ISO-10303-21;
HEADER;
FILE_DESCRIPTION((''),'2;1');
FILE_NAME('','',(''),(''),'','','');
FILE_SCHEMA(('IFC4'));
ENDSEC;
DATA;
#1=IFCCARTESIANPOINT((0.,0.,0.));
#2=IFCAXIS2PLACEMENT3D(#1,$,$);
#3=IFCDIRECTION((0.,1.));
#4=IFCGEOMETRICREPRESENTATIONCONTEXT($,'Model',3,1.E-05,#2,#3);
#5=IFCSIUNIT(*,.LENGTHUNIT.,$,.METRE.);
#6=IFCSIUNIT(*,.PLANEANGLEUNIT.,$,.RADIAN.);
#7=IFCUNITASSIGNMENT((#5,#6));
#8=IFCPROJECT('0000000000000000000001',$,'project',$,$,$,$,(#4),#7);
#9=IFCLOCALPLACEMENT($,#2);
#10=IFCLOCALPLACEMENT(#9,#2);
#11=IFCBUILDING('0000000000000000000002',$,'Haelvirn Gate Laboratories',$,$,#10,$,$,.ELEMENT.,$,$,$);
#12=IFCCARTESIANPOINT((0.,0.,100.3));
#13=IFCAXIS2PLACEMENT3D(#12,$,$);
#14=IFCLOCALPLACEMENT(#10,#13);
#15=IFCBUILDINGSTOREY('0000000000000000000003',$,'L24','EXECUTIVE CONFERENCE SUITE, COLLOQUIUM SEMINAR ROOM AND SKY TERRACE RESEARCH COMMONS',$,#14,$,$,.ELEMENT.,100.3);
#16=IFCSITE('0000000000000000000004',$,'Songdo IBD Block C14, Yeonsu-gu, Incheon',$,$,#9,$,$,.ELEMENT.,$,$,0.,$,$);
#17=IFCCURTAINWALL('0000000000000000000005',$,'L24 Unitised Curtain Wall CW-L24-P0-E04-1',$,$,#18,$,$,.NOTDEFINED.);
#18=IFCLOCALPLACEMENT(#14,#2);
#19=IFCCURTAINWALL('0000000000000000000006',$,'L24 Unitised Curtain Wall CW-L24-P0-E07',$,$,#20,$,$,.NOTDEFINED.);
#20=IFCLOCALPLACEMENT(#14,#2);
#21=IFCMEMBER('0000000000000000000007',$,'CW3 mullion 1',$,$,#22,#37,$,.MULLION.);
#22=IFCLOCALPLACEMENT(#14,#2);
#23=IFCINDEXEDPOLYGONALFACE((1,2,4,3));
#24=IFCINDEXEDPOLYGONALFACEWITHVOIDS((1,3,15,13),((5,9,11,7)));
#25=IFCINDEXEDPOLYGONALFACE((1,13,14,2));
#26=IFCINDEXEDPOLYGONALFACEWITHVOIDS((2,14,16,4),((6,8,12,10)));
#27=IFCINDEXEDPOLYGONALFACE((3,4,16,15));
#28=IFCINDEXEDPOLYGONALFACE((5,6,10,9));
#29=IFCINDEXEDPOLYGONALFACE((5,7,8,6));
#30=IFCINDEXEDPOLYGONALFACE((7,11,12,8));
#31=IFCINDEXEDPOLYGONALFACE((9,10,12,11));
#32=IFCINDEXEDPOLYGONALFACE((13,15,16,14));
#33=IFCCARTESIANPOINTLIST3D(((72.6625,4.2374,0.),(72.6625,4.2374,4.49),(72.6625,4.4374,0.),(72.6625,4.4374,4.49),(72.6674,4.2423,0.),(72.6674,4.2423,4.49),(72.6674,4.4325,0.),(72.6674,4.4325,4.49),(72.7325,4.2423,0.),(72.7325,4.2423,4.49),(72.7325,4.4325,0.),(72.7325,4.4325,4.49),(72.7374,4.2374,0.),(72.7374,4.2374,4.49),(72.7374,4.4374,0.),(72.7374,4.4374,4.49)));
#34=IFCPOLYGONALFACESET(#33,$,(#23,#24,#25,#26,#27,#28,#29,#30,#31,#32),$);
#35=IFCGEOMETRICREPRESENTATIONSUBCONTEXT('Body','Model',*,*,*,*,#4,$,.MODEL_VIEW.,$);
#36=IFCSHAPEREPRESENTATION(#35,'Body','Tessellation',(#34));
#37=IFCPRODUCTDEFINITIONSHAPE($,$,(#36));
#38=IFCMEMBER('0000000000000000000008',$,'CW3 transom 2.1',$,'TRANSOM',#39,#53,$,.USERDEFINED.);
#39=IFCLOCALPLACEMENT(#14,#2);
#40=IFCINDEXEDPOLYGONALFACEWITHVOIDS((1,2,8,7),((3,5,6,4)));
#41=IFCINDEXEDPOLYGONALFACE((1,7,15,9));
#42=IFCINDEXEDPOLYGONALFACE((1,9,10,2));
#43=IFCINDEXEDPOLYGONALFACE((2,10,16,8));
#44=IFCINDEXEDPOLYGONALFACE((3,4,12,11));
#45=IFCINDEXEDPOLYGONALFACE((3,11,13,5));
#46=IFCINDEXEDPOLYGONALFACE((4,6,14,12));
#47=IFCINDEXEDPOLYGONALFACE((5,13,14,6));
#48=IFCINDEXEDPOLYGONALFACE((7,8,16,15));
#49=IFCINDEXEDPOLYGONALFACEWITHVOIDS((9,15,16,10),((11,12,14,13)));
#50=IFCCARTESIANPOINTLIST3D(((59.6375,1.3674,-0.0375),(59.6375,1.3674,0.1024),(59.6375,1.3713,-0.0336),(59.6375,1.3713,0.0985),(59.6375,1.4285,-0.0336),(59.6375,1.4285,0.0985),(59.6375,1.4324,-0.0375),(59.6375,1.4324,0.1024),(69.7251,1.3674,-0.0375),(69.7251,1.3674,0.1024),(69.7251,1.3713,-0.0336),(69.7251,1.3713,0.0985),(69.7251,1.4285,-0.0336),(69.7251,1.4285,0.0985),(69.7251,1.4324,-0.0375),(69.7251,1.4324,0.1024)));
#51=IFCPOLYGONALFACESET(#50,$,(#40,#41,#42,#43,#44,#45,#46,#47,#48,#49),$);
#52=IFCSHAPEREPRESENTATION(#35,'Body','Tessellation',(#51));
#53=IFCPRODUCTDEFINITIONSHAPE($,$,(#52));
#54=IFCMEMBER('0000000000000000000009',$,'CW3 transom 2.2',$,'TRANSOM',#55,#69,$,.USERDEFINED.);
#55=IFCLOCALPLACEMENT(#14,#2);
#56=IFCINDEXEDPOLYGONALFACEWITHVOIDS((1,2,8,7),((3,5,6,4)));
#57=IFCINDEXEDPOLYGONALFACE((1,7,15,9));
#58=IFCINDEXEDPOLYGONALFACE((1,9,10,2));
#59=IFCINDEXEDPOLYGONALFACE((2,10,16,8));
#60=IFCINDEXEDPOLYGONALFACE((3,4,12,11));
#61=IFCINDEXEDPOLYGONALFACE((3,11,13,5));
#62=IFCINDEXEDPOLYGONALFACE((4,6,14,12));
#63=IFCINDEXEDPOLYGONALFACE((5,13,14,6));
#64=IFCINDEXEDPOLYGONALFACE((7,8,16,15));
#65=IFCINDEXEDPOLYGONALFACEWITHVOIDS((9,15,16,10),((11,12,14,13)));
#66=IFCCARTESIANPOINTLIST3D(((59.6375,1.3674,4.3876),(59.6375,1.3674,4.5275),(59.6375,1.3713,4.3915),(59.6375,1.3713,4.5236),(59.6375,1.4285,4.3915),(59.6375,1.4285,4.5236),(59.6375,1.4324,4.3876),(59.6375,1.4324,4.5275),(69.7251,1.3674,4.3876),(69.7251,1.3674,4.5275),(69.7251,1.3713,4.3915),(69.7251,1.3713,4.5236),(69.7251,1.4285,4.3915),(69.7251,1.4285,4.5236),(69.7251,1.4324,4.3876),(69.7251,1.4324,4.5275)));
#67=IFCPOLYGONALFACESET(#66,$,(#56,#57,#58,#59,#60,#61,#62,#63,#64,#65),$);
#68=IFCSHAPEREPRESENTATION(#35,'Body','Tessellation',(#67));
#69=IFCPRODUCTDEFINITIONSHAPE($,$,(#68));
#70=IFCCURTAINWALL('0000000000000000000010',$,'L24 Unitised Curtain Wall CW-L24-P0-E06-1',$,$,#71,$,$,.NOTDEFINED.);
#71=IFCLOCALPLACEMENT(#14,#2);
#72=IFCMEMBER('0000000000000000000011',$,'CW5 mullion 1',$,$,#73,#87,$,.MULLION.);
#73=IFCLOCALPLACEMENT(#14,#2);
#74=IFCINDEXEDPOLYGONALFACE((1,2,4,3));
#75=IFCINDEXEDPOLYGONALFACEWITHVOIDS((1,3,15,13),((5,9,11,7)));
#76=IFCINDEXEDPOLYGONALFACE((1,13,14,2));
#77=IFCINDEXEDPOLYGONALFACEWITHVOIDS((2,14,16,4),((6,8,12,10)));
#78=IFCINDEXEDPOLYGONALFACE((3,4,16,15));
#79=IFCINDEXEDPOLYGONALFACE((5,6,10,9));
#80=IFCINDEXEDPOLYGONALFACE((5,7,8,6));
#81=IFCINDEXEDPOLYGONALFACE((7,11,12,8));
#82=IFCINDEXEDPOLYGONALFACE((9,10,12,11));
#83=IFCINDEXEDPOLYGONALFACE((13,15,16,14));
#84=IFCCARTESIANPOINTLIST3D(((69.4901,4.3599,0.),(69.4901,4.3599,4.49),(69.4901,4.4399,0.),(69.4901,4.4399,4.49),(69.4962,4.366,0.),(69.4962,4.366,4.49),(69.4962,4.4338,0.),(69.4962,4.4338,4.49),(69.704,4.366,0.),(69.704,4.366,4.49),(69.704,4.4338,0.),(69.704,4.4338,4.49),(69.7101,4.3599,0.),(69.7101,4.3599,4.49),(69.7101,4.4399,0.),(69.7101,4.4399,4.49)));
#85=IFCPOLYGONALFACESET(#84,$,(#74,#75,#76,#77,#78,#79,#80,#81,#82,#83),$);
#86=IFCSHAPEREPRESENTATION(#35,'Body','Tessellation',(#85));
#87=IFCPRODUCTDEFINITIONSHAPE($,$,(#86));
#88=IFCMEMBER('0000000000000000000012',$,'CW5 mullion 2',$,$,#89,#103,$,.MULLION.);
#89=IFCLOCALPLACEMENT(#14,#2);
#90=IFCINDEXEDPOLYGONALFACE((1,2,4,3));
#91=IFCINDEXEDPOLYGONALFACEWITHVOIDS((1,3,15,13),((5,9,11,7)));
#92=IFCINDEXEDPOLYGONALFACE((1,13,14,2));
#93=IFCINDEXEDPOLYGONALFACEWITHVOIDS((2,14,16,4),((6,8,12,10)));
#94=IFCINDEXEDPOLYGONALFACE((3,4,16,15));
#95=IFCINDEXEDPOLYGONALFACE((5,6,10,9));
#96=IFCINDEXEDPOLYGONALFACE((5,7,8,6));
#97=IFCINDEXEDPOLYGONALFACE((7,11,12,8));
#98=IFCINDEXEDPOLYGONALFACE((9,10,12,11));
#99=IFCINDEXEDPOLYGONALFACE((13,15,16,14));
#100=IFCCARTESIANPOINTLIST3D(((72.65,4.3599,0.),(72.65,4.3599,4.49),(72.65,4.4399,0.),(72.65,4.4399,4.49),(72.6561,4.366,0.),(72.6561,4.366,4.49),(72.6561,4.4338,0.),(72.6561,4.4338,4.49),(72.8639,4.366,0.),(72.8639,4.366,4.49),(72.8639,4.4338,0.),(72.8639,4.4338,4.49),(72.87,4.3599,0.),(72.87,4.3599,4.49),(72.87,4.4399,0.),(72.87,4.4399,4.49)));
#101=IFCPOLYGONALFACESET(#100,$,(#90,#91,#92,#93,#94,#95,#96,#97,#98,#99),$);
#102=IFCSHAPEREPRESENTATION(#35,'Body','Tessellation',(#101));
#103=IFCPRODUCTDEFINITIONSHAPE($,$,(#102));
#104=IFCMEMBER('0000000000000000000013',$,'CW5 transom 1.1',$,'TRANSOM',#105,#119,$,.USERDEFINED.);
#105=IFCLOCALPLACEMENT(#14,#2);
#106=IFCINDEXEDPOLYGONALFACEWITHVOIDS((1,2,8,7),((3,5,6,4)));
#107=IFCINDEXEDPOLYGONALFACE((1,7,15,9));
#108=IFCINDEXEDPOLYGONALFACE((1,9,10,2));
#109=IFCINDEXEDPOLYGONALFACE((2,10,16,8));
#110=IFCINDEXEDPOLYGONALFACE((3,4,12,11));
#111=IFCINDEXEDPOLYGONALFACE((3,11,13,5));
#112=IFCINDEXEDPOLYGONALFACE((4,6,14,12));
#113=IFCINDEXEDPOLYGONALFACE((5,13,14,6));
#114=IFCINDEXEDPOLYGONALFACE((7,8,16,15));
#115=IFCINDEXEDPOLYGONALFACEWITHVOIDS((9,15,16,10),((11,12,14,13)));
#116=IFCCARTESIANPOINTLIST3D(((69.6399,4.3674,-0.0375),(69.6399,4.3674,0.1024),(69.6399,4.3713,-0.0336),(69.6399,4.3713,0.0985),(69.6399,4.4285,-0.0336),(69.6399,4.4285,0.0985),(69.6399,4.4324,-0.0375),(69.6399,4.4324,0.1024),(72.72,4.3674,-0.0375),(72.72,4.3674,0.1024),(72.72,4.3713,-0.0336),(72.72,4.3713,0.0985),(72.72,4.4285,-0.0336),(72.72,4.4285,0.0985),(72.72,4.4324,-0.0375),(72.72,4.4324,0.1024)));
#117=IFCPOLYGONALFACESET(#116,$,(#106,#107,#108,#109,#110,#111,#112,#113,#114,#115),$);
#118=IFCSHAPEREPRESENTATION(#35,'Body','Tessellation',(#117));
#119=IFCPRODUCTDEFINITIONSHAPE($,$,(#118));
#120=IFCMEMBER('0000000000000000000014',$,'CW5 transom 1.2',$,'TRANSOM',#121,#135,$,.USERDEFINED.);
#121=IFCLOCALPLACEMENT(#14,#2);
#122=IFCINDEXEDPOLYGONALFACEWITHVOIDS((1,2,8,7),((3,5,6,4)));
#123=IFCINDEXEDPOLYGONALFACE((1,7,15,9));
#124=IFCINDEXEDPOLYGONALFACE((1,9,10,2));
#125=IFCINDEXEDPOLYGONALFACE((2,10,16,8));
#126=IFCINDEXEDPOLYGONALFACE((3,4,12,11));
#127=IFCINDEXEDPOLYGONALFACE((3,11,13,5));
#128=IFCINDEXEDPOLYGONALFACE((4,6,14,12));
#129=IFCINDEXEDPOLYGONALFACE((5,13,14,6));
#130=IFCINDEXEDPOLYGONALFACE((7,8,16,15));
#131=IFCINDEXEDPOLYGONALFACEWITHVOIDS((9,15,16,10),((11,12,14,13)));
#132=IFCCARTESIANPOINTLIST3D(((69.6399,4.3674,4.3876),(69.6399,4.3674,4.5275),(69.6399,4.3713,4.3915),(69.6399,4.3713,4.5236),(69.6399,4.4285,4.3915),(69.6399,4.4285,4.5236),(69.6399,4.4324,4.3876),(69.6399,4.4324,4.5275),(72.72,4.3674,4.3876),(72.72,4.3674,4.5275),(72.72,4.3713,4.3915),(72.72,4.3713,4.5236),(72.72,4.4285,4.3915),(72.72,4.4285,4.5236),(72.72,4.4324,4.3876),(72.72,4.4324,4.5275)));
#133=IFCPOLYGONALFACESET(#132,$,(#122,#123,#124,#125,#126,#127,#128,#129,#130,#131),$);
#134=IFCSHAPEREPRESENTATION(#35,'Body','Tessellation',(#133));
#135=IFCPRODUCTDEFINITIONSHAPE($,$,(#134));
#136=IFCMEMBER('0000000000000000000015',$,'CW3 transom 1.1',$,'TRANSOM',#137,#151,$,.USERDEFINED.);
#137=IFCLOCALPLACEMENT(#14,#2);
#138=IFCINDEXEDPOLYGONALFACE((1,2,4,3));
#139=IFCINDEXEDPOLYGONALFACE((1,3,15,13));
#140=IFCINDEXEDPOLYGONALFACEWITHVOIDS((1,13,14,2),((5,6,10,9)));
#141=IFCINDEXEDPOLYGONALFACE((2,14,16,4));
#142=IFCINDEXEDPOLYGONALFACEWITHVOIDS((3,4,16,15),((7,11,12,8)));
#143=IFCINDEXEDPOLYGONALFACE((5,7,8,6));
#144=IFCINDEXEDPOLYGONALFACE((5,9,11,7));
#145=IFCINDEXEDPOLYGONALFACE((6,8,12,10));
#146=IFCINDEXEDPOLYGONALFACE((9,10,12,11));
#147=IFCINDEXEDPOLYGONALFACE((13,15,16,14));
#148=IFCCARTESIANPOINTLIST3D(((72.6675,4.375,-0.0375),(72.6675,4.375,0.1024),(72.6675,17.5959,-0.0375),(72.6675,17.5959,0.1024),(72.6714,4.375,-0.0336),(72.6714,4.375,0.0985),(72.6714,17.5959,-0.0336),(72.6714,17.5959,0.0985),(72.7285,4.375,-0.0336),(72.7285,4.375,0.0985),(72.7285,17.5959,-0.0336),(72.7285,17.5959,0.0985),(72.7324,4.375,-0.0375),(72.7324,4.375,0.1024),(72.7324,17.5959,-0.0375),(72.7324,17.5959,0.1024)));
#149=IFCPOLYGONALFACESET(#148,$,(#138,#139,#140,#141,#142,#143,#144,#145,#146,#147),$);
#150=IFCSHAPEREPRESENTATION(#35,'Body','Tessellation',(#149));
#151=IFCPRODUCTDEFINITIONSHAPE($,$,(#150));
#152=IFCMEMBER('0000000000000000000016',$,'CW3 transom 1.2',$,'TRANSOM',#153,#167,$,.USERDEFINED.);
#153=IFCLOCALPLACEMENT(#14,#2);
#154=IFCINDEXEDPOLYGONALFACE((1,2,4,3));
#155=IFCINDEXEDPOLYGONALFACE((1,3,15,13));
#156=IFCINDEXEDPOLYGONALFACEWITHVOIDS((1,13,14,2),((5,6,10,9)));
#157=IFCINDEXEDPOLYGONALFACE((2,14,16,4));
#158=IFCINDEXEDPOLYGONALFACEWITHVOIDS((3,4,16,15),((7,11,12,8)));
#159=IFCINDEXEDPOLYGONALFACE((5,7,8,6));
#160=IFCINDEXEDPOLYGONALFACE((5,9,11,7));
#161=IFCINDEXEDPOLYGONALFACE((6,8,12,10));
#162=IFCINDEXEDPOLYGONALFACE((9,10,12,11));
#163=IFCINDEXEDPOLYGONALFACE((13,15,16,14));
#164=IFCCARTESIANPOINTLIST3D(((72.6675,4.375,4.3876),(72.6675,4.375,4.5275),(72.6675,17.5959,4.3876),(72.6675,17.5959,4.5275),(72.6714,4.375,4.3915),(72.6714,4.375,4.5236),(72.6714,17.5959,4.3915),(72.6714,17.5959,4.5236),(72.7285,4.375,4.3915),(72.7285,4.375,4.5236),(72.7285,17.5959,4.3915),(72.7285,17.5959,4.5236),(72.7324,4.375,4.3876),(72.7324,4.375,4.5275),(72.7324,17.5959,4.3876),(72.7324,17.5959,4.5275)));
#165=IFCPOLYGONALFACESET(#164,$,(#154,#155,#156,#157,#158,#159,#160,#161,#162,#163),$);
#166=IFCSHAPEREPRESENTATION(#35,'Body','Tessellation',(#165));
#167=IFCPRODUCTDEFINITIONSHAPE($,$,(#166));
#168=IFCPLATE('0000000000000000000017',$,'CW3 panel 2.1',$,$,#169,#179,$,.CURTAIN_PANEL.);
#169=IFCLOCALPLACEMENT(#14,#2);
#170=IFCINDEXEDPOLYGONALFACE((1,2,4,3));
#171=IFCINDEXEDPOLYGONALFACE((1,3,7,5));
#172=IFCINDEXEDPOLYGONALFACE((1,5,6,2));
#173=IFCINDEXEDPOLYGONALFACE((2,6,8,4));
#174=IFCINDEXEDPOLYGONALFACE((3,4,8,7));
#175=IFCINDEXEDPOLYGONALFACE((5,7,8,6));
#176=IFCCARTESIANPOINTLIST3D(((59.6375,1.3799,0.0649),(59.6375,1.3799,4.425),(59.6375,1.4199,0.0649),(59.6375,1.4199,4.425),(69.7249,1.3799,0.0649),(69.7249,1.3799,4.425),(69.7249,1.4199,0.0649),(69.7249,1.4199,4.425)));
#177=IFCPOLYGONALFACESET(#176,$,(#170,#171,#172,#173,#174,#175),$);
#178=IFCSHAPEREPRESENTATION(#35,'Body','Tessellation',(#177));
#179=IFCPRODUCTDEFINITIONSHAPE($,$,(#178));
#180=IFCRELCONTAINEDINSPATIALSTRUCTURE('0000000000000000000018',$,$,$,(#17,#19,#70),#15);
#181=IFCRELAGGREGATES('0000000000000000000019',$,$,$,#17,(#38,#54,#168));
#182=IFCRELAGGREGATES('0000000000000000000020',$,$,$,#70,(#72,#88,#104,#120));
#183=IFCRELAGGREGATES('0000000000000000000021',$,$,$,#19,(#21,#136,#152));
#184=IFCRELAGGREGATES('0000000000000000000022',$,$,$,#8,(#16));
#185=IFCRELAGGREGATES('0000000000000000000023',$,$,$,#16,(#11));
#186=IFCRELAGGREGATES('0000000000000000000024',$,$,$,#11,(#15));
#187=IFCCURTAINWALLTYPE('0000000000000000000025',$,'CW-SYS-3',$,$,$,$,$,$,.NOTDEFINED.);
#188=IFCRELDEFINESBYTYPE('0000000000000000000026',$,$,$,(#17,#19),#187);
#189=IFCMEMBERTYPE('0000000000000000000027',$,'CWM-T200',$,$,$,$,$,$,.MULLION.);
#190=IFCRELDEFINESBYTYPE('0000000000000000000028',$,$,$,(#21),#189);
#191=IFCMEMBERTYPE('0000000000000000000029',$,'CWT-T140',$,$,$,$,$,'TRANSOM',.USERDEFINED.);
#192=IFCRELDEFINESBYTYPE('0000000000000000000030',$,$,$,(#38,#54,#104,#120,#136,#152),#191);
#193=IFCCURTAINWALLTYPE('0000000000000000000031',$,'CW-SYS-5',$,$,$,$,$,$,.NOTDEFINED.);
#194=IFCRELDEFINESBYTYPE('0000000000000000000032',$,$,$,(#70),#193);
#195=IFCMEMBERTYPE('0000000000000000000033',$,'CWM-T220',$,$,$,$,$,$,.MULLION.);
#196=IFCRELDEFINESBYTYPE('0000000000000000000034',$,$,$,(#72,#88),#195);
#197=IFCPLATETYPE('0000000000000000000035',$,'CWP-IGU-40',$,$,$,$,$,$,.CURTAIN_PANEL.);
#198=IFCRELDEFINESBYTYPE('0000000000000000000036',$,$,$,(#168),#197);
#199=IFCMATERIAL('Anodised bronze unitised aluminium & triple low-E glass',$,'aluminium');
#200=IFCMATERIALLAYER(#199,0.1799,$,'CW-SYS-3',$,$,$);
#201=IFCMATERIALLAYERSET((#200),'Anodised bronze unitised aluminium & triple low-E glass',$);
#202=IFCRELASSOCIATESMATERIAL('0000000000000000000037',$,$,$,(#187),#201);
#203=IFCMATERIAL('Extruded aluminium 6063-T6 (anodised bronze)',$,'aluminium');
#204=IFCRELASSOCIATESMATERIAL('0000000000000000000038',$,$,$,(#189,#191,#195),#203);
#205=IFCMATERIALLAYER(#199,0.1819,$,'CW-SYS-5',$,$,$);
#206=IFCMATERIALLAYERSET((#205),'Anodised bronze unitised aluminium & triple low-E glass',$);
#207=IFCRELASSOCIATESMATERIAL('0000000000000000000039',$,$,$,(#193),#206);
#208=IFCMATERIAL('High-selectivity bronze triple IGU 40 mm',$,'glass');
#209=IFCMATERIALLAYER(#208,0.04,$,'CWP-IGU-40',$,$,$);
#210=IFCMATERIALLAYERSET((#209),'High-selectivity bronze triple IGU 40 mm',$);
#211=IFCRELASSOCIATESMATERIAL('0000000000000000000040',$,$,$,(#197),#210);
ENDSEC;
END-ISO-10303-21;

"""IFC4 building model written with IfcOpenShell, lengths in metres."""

from ifc_helpers import new_model, si_unit, direction, frame, origin, origin_2d, place, context, subcontext, project, spatial, rectangle, hollow_rectangle, extrude, source, transform, mapped, material, layer, layer_set, material_profile, profile_set, type_object, type_shapes, element, aggregate, save


model = new_model("IFC4")

# Units and contexts
model_context = context("Model", 3, precision=1e-05, world=origin(), true_north=direction((0.0, 1.0)))
body_context = subcontext(model_context, "Body", "Model", "MODEL_VIEW")
ifc_project = project(units=[si_unit("LENGTHUNIT", "METRE"), si_unit("PLANEANGLEUNIT", "RADIAN")], contexts=[model_context])

# Site, building, storey
site_placement = place(None, origin())
site = spatial("IfcSite", under=ifc_project, at=site_placement, Name="Songdo IBD Block C14, Yeonsu-gu, Incheon", CompositionType="ELEMENT", RefElevation=0.0)
building_placement = place(site_placement, origin())
building = spatial("IfcBuilding", under=site, at=building_placement, Name="Haelvirn Gate Laboratories", CompositionType="ELEMENT")
storey_placement = place(building_placement, frame((0.0, 0.0, 100.3)))
storey = spatial("IfcBuildingStorey", under=building, at=storey_placement, Name="L24", Description="EXECUTIVE CONFERENCE SUITE, COLLOQUIUM SEMINAR ROOM AND SKY TERRACE RESEARCH COMMONS", CompositionType="ELEMENT", Elevation=100.3)

# Curtain wall
ifc_material_1 = material(Name="Anodised bronze unitised aluminium & triple low-E glass", Category="aluminium")
ifc_layer_1 = layer(ifc_material_1, 0.1799, Name="CW-SYS-3")
ifc_layer_set_1 = layer_set([ifc_layer_1], Name="Anodised bronze unitised aluminium & triple low-E glass")
curtain_wall_type_1 = type_object("IfcCurtainWallType", Name="CW-SYS-3", PredefinedType="NOTDEFINED", material=ifc_layer_set_1)
curtain_wall_1_placement = place(storey_placement, origin())
curtain_wall_1 = element("IfcCurtainWall", 1, at=curtain_wall_1_placement, inside=storey, type_object=curtain_wall_type_1, Name="L24 Unitised Curtain Wall CW-L24-P0-E04-1", PredefinedType="NOTDEFINED")
ifc_material_2 = material(Name="Extruded aluminium 6063-T6 (anodised bronze)", Category="aluminium")
ifc_material_profile_1 = material_profile(ifc_material_2, hollow_rectangle(XDim=0.075, YDim=0.2, WallThickness=0.0049, at=origin_2d()), Name="CWM-200x75x5")
ifc_profile_set_1 = profile_set([ifc_material_profile_1], Name="Extruded aluminium 6063-T6 (anodised bronze)")
member_type_1 = type_object("IfcMemberType", Name="CWM-T200", PredefinedType="MULLION", material=ifc_profile_set_1)
shared_shape_1 = source(origin(), body_context, "Body", "SweptSolid", [
    extrude(hollow_rectangle(XDim=0.075, YDim=0.2, WallThickness=0.0049, at=origin_2d()), origin(), (0.0, 0.0, 1.0), 4.49),
])
type_shapes(member_type_1, [shared_shape_1])

# Curtain wall, member
curtain_wall_2_placement = place(storey_placement, origin())
curtain_wall_2 = element("IfcCurtainWall", 2, at=curtain_wall_2_placement, inside=storey, type_object=curtain_wall_type_1, Name="L24 Unitised Curtain Wall CW-L24-P0-E07", PredefinedType="NOTDEFINED")
member_1_placement = place(storey_placement, frame((72.7, 4.3374, 0.0), z_axis=(0.0, 0.0, 1.0), x_axis=(-1.0, 0.0, 0.0)))
member_1 = element("IfcMember", 3, at=member_1_placement, type_object=member_type_1, Name="CW3 mullion 1", PredefinedType="MULLION", context=body_context, shape_type="MappedRepresentation", body=[
    mapped(shared_shape_1, transform((0.0, 0.0, 0.0), scale=1.0)),
])

# Members
ifc_material_profile_2 = material_profile(ifc_material_2, hollow_rectangle(XDim=0.0649, YDim=0.1399, WallThickness=0.0039, at=origin_2d()), Name="CWT-140x65x4")
ifc_profile_set_2 = profile_set([ifc_material_profile_2], Name="Extruded aluminium 6063-T6 (anodised bronze)")
member_type_2 = type_object("IfcMemberType", Name="CWT-T140", ElementType="TRANSOM", PredefinedType="USERDEFINED", material=ifc_profile_set_2)
shared_shape_2 = source(origin(), body_context, "Body", "SweptSolid", [
    extrude(hollow_rectangle(XDim=0.0649, YDim=0.1399, WallThickness=0.0039, at=origin_2d()), origin(), (0.0, 0.0, 1.0), 10.0876),
])
member_2_placement = place(storey_placement, frame((59.6375, 1.3999, 0.0325), z_axis=(1.0, 0.0, 0.0), x_axis=(0.0, 1.0, 0.0)))
member_2 = element("IfcMember", 4, at=member_2_placement, type_object=member_type_2, Name="CW3 transom 2.1", ObjectType="TRANSOM", PredefinedType="USERDEFINED", context=body_context, shape_type="MappedRepresentation", body=[
    mapped(shared_shape_2, transform((0.0, 0.0, 0.0), scale=1.0)),
])
member_3_placement = place(storey_placement, frame((59.6375, 1.3999, 4.4575), z_axis=(1.0, 0.0, 0.0), x_axis=(0.0, 1.0, 0.0)))
member_3 = element("IfcMember", 5, at=member_3_placement, type_object=member_type_2, Name="CW3 transom 2.2", ObjectType="TRANSOM", PredefinedType="USERDEFINED", context=body_context, shape_type="MappedRepresentation", body=[
    mapped(shared_shape_2, transform((0.0, 0.0, 0.0), scale=1.0)),
])

# Curtain wall, members
ifc_layer_2 = layer(ifc_material_1, 0.1819, Name="CW-SYS-5")
ifc_layer_set_2 = layer_set([ifc_layer_2], Name="Anodised bronze unitised aluminium & triple low-E glass")
curtain_wall_type_2 = type_object("IfcCurtainWallType", Name="CW-SYS-5", PredefinedType="NOTDEFINED", material=ifc_layer_set_2)
curtain_wall_3_placement = place(storey_placement, origin())
curtain_wall_3 = element("IfcCurtainWall", 6, at=curtain_wall_3_placement, inside=storey, type_object=curtain_wall_type_2, Name="L24 Unitised Curtain Wall CW-L24-P0-E06-1", PredefinedType="NOTDEFINED")
ifc_material_profile_3 = material_profile(ifc_material_2, hollow_rectangle(XDim=0.0801, YDim=0.22, WallThickness=0.0061, at=origin_2d()), Name="CWM-220x80x6")
ifc_profile_set_3 = profile_set([ifc_material_profile_3], Name="Extruded aluminium 6063-T6 (anodised bronze)")
member_type_3 = type_object("IfcMemberType", Name="CWM-T220", PredefinedType="MULLION", material=ifc_profile_set_3)
shared_shape_3 = source(origin(), body_context, "Body", "SweptSolid", [
    extrude(hollow_rectangle(XDim=0.0801, YDim=0.22, WallThickness=0.0061, at=origin_2d()), origin(), (0.0, 0.0, 1.0), 4.49),
])
type_shapes(member_type_3, [shared_shape_3])
member_4_placement = place(storey_placement, frame((69.6001, 4.3999, 0.0), z_axis=(0.0, 0.0, 1.0), x_axis=(0.0, 1.0, 0.0)))
member_4 = element("IfcMember", 7, at=member_4_placement, type_object=member_type_3, Name="CW5 mullion 1", PredefinedType="MULLION", context=body_context, shape_type="MappedRepresentation", body=[
    mapped(shared_shape_3, transform((0.0, 0.0, 0.0), scale=1.0)),
])
member_5_placement = place(storey_placement, frame((72.76, 4.3999, 0.0), z_axis=(0.0, 0.0, 1.0), x_axis=(0.0, 1.0, 0.0)))
member_5 = element("IfcMember", 8, at=member_5_placement, type_object=member_type_3, Name="CW5 mullion 2", PredefinedType="MULLION", context=body_context, shape_type="MappedRepresentation", body=[
    mapped(shared_shape_3, transform((0.0, 0.0, 0.0), scale=1.0)),
])
shared_shape_4 = source(origin(), body_context, "Body", "SweptSolid", [
    extrude(hollow_rectangle(XDim=0.0649, YDim=0.1399, WallThickness=0.0039, at=origin_2d()), origin(), (0.0, 0.0, 1.0), 3.0801),
])
member_6_placement = place(storey_placement, frame((69.6399, 4.3999, 0.0325), z_axis=(1.0, 0.0, 0.0), x_axis=(0.0, 1.0, 0.0)))
member_6 = element("IfcMember", 9, at=member_6_placement, type_object=member_type_2, Name="CW5 transom 1.1", ObjectType="TRANSOM", PredefinedType="USERDEFINED", context=body_context, shape_type="MappedRepresentation", body=[
    mapped(shared_shape_4, transform((0.0, 0.0, 0.0), scale=1.0)),
])
member_7_placement = place(storey_placement, frame((69.6399, 4.3999, 4.4575), z_axis=(1.0, 0.0, 0.0), x_axis=(0.0, 1.0, 0.0)))
member_7 = element("IfcMember", 10, at=member_7_placement, type_object=member_type_2, Name="CW5 transom 1.2", ObjectType="TRANSOM", PredefinedType="USERDEFINED", context=body_context, shape_type="MappedRepresentation", body=[
    mapped(shared_shape_4, transform((0.0, 0.0, 0.0), scale=1.0)),
])

# Members
shared_shape_5 = source(origin(), body_context, "Body", "SweptSolid", [
    extrude(hollow_rectangle(XDim=0.0649, YDim=0.1399, WallThickness=0.0039, at=origin_2d()), origin(), (0.0, 0.0, 1.0), 13.2209),
])
type_shapes(member_type_2, [shared_shape_2, shared_shape_4, shared_shape_5])
member_8_placement = place(storey_placement, frame((72.7, 4.375, 0.0325), z_axis=(0.0, 1.0, 0.0), x_axis=(-1.0, 0.0, 0.0)))
member_8 = element("IfcMember", 11, at=member_8_placement, type_object=member_type_2, Name="CW3 transom 1.1", ObjectType="TRANSOM", PredefinedType="USERDEFINED", context=body_context, shape_type="MappedRepresentation", body=[
    mapped(shared_shape_5, transform((0.0, 0.0, 0.0), scale=1.0)),
])
member_9_placement = place(storey_placement, frame((72.7, 4.375, 4.4575), z_axis=(0.0, 1.0, 0.0), x_axis=(-1.0, 0.0, 0.0)))
member_9 = element("IfcMember", 12, at=member_9_placement, type_object=member_type_2, Name="CW3 transom 1.2", ObjectType="TRANSOM", PredefinedType="USERDEFINED", context=body_context, shape_type="MappedRepresentation", body=[
    mapped(shared_shape_5, transform((0.0, 0.0, 0.0), scale=1.0)),
])

# Plate
ifc_material_3 = material(Name="High-selectivity bronze triple IGU 40 mm", Category="glass")
ifc_layer_3 = layer(ifc_material_3, 0.04, Name="CWP-IGU-40")
ifc_layer_set_3 = layer_set([ifc_layer_3], Name="High-selectivity bronze triple IGU 40 mm")
plate_type_1 = type_object("IfcPlateType", Name="CWP-IGU-40", PredefinedType="CURTAIN_PANEL", material=ifc_layer_set_3)
shared_shape_6 = source(origin(), body_context, "Body", "SweptSolid", [
    extrude(rectangle(XDim=10.0874, YDim=0.04, at=origin_2d()), origin(), (0.0, 0.0, 1.0), 4.3601),
])
plate_1_placement = place(storey_placement, frame((64.6812, 1.3999, 0.0649), z_axis=(0.0, 0.0, 1.0), x_axis=(1.0, 0.0, 0.0)))
plate_1 = element("IfcPlate", 13, at=plate_1_placement, type_object=plate_type_1, Name="CW3 panel 2.1", PredefinedType="CURTAIN_PANEL", context=body_context, shape_type="MappedRepresentation", body=[
    mapped(shared_shape_6, transform((0.0, 0.0, 0.0), scale=1.0)),
])
aggregate(curtain_wall_1, [member_2, member_3, plate_1])
aggregate(curtain_wall_3, [member_4, member_5, member_6, member_7])
aggregate(curtain_wall_2, [member_1, member_8, member_9])

save(model, "model.ifc")
